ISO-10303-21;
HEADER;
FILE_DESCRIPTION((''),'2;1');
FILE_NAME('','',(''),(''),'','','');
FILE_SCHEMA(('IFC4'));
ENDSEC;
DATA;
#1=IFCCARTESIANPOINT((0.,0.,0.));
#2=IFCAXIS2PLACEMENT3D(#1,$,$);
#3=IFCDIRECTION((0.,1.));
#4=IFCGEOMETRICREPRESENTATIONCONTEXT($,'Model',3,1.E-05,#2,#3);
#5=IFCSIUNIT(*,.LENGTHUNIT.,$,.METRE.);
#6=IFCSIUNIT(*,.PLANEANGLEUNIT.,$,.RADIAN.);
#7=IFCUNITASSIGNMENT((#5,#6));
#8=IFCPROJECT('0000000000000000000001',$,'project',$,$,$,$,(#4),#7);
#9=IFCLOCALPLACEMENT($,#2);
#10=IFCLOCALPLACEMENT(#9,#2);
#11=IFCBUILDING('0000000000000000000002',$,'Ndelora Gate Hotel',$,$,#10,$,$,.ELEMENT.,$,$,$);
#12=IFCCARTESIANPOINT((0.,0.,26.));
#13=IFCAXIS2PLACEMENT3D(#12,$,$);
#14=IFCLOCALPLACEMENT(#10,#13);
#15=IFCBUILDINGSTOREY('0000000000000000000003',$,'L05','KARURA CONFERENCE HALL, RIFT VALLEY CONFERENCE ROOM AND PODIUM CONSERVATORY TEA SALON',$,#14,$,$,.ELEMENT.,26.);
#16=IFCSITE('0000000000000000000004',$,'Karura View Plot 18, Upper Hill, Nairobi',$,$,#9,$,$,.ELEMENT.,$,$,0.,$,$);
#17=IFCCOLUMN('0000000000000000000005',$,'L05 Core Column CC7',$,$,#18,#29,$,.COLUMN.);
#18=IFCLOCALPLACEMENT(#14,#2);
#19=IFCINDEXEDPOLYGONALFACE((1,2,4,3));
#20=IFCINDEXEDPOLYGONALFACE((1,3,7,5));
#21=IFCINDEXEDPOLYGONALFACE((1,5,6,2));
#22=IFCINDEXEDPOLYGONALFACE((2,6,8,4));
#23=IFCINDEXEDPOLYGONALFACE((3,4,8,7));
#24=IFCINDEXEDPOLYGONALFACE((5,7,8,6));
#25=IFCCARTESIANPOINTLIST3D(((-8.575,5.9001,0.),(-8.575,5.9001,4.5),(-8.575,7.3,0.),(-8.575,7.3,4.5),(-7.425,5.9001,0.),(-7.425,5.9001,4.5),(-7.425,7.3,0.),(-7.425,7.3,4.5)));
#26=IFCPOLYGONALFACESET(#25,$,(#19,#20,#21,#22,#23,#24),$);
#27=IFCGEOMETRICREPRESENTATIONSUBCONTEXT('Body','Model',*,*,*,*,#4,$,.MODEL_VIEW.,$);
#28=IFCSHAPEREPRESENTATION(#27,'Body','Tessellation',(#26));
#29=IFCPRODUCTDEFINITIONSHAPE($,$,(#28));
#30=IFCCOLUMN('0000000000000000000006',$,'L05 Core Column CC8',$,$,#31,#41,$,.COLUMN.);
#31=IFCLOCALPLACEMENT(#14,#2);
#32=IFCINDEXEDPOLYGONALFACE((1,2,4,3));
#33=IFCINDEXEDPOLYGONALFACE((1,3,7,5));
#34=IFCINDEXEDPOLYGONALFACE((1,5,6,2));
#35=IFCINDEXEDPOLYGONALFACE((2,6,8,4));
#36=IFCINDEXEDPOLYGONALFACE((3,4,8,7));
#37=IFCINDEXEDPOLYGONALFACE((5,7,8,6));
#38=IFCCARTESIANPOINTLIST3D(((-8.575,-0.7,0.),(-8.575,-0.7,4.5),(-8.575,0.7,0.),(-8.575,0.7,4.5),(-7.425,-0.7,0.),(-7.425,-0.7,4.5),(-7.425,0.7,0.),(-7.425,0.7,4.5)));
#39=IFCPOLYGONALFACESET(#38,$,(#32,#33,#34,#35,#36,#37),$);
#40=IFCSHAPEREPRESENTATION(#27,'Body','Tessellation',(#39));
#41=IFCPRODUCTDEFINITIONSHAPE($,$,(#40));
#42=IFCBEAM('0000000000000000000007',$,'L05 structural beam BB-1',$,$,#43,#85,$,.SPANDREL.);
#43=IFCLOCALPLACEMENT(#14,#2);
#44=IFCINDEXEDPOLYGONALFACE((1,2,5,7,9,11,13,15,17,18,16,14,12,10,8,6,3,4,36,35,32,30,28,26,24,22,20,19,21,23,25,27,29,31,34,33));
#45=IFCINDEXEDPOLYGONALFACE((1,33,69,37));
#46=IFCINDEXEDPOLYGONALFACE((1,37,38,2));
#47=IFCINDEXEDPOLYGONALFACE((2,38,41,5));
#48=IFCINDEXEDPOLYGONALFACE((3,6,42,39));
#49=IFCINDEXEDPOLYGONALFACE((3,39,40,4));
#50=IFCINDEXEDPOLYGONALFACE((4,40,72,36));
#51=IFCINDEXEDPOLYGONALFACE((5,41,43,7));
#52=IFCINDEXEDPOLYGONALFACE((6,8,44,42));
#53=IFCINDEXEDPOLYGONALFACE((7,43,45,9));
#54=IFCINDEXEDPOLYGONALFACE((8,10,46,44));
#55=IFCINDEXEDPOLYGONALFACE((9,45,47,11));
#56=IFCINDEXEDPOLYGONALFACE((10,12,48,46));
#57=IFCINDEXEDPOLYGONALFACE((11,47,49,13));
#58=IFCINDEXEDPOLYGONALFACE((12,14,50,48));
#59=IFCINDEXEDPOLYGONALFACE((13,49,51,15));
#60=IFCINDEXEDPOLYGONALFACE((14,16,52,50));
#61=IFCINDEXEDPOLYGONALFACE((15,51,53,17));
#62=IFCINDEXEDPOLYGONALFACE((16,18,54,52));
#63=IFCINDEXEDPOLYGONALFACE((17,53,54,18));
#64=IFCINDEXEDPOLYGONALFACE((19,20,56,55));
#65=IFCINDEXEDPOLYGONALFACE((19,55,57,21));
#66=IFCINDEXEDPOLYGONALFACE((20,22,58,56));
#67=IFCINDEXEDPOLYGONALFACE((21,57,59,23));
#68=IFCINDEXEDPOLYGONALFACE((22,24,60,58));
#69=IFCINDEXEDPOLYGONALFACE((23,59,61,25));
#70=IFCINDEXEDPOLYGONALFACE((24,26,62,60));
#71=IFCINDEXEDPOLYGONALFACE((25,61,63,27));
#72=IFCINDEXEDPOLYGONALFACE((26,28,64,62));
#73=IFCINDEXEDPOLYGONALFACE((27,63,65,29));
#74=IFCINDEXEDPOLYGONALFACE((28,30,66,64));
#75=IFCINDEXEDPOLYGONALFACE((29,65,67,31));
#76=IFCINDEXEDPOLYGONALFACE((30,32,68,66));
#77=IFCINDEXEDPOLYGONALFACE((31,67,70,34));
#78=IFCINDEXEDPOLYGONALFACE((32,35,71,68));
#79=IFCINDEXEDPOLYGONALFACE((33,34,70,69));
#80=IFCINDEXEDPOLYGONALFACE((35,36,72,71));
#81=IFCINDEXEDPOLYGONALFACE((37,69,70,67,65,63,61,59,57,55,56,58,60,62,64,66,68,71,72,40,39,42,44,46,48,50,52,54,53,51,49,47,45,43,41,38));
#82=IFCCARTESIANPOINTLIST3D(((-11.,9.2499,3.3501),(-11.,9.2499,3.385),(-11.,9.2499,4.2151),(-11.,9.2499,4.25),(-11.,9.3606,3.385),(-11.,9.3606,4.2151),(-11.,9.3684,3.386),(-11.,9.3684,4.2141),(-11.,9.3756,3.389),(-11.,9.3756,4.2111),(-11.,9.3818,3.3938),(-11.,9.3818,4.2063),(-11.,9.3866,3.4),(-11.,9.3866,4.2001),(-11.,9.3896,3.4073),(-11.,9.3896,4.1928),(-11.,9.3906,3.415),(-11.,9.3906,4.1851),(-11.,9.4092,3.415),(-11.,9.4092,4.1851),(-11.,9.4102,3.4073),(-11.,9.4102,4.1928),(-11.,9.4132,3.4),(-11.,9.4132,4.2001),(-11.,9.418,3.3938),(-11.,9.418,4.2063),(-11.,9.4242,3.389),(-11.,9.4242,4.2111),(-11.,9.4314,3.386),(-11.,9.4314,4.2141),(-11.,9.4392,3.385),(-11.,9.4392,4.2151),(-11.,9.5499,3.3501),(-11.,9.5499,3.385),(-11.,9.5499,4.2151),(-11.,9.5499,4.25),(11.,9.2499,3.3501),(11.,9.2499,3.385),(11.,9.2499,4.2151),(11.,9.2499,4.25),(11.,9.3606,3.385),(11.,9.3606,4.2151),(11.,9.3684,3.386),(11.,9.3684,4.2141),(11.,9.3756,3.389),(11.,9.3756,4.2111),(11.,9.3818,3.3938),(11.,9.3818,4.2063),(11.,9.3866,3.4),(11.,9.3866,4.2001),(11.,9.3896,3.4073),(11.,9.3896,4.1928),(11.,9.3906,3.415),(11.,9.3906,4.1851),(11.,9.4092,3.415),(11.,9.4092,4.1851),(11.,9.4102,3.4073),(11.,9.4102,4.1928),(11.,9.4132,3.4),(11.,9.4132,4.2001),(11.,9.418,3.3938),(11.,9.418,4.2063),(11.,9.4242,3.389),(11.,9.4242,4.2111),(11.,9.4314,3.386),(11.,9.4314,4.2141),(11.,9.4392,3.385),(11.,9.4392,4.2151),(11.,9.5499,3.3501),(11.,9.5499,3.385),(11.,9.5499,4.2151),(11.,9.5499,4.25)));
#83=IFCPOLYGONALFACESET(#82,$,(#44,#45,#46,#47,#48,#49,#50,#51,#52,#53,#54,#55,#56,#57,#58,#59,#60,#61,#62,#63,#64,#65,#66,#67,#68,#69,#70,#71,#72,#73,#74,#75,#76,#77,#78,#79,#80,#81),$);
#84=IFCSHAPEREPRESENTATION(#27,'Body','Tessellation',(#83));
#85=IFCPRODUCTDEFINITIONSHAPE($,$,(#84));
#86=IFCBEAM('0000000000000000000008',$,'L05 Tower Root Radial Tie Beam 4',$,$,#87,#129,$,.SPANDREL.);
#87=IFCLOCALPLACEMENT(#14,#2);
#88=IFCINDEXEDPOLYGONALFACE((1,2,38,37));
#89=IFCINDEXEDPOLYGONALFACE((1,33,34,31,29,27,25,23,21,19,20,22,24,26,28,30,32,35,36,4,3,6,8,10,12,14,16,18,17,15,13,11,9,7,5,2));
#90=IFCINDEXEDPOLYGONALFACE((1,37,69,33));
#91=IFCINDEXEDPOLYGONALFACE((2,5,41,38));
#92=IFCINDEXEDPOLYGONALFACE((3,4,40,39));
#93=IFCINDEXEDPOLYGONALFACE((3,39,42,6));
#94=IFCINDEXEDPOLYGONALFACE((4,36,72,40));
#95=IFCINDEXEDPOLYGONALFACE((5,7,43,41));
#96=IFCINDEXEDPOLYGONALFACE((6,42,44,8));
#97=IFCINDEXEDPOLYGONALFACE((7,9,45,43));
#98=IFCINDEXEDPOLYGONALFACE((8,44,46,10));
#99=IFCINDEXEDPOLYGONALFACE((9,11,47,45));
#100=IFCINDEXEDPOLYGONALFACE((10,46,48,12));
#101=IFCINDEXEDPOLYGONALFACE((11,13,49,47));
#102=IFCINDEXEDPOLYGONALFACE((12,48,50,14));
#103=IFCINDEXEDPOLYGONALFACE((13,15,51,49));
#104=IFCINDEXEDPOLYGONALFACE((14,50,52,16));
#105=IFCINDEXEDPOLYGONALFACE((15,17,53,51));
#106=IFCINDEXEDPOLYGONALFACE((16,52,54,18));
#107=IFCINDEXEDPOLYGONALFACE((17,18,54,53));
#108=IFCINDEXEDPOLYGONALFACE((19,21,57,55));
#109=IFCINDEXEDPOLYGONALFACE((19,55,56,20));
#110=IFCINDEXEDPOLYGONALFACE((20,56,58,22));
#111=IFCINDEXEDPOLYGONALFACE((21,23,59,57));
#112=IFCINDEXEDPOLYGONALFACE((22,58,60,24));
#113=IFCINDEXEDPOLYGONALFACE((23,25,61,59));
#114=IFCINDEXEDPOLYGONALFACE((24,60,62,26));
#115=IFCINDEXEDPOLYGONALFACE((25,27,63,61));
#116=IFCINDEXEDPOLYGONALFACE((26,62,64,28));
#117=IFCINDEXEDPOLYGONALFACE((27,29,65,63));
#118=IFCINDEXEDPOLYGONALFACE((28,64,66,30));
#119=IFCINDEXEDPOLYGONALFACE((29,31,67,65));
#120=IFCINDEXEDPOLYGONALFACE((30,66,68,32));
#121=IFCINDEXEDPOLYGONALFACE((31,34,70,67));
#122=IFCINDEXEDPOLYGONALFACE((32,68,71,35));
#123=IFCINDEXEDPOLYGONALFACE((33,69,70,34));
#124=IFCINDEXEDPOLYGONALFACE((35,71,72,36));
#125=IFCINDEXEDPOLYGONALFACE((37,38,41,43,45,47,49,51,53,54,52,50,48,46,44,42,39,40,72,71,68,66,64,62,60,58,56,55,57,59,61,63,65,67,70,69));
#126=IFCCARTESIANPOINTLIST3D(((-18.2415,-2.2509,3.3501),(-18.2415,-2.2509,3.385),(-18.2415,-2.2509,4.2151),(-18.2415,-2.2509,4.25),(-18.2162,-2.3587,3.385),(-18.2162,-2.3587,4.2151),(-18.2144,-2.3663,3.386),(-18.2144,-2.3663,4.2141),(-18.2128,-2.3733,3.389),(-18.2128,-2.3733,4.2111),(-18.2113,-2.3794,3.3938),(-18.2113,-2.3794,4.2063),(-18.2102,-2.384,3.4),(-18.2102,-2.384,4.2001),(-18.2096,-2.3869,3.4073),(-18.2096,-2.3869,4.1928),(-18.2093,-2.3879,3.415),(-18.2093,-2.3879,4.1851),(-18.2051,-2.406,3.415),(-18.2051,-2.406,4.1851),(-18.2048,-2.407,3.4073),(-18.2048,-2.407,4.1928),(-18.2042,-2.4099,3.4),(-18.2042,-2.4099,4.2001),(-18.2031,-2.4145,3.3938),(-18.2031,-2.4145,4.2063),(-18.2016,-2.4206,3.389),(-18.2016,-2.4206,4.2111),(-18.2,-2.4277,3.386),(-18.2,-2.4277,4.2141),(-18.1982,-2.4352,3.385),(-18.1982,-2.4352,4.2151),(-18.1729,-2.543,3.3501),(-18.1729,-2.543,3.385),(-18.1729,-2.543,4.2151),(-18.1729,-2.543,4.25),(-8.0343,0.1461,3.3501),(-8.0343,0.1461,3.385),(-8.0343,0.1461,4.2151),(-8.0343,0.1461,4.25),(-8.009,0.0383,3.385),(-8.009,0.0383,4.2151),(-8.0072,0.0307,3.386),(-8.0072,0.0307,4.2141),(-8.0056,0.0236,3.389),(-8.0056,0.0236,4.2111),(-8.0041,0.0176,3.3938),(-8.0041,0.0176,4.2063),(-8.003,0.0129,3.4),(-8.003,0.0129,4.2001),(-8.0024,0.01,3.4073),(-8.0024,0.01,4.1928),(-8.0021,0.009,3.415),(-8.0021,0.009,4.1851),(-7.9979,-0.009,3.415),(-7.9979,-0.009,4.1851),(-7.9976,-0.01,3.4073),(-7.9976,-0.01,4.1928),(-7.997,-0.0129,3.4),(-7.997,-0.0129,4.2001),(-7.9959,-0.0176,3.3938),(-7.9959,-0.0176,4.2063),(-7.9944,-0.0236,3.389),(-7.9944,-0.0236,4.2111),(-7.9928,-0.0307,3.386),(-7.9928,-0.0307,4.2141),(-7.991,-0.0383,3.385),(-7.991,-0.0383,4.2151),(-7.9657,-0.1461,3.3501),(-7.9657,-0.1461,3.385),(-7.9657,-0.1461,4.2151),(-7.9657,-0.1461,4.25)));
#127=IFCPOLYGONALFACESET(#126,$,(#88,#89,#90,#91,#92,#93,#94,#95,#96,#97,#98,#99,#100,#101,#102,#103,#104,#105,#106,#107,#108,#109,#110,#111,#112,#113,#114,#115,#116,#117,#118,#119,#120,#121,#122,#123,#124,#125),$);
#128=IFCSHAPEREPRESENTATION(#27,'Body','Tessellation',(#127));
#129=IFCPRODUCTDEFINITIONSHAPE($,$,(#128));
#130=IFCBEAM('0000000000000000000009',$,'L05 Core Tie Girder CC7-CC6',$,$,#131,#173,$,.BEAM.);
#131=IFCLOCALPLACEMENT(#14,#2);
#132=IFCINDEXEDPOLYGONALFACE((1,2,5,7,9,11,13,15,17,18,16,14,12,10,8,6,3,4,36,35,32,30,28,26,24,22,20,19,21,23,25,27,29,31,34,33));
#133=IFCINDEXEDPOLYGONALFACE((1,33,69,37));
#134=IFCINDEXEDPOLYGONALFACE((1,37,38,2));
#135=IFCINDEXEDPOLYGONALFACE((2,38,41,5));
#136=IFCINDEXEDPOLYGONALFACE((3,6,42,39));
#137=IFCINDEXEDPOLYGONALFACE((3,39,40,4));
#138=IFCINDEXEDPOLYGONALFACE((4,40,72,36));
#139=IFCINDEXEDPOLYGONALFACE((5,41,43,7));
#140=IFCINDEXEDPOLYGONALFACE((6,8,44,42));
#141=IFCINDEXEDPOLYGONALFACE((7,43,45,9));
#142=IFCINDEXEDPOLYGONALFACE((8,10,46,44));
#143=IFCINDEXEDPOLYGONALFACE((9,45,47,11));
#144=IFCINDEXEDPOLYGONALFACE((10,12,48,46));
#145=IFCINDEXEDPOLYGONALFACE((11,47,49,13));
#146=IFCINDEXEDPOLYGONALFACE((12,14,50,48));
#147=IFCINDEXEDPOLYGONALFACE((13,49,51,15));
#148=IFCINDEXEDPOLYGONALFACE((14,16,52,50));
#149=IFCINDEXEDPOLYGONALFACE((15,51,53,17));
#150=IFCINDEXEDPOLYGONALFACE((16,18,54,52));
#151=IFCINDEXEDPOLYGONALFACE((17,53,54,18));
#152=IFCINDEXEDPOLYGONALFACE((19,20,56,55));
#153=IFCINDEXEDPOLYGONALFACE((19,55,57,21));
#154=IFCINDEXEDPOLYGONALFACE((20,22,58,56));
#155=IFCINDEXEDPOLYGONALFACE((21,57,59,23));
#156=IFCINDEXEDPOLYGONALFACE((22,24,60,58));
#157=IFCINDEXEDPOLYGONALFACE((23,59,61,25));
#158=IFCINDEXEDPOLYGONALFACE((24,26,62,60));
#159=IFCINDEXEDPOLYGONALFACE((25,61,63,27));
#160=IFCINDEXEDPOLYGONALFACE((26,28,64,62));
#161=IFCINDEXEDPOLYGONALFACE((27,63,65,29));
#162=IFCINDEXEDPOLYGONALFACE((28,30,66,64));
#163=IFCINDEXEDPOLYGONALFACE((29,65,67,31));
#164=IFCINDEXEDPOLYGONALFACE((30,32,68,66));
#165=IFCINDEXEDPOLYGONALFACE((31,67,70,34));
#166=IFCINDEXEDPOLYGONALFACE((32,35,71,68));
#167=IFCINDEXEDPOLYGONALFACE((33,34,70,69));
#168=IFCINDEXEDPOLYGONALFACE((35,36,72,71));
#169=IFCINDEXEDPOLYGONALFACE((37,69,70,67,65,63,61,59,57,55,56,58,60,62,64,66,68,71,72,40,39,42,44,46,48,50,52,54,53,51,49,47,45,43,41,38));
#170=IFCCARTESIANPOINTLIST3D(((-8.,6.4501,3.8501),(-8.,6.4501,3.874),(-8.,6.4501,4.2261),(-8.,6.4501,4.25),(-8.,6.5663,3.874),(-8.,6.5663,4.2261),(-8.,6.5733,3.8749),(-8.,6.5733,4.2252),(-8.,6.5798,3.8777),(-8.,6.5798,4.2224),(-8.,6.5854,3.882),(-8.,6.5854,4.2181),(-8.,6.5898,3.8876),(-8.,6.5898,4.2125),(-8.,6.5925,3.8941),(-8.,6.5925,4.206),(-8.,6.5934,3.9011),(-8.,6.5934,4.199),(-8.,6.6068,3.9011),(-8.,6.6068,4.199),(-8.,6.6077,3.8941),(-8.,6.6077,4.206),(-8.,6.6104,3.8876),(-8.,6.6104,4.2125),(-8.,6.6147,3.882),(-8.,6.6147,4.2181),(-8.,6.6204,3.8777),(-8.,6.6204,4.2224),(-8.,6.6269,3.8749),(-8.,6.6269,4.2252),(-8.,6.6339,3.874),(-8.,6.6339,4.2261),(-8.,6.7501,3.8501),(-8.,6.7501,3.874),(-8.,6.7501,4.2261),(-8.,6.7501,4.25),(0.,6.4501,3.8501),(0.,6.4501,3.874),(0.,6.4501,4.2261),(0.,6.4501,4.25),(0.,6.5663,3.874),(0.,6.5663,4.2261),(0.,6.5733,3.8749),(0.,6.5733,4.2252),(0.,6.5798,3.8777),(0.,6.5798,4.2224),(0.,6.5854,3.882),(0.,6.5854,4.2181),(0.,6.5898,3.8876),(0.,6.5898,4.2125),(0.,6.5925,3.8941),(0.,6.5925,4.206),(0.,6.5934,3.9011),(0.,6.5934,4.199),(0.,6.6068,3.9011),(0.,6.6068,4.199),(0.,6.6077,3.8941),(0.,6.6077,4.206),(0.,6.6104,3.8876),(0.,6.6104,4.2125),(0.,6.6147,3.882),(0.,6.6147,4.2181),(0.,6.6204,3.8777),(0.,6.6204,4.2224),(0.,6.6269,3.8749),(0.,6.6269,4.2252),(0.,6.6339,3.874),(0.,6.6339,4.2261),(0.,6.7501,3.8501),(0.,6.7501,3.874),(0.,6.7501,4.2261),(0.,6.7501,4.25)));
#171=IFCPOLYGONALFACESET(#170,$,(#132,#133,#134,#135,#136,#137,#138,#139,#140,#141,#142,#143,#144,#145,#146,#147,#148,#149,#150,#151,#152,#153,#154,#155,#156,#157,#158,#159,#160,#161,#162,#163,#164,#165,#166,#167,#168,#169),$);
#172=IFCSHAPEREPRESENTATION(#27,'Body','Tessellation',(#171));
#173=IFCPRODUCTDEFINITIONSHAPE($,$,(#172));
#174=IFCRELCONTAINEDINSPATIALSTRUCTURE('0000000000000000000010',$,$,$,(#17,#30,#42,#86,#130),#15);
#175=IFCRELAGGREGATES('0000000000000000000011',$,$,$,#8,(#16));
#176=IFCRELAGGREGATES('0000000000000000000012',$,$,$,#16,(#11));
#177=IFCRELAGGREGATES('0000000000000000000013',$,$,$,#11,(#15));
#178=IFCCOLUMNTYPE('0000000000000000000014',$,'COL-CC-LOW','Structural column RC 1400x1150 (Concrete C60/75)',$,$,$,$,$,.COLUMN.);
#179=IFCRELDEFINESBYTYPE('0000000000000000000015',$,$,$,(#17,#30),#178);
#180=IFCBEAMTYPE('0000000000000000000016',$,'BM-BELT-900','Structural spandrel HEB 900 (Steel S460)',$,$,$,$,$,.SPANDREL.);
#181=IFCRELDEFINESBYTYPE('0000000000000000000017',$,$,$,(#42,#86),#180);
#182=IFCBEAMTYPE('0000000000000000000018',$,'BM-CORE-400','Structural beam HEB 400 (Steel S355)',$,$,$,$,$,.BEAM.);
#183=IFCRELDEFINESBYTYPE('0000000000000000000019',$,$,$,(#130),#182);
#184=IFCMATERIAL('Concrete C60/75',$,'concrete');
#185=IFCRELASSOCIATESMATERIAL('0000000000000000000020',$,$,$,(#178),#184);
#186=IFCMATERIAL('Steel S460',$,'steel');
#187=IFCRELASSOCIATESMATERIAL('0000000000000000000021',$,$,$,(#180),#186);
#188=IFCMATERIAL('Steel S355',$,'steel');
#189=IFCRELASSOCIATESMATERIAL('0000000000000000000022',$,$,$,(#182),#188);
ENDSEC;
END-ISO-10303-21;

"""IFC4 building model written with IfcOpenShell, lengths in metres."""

from ifc_helpers import new_model, si_unit, direction, frame, origin, origin_2d, place, context, subcontext, project, spatial, rectangle, i_section, extrude, material, material_profile, profile_set, type_object, element, save


model = new_model("IFC4")

# Units and contexts
model_context = context("Model", 3, precision=1e-05, world=origin(), true_north=direction((0.0, 1.0)))
body_context = subcontext(model_context, "Body", "Model", "MODEL_VIEW")
ifc_project = project(units=[si_unit("LENGTHUNIT", "METRE"), si_unit("PLANEANGLEUNIT", "RADIAN")], contexts=[model_context])

# Site, building, storey
site_placement = place(None, origin())
site = spatial("IfcSite", under=ifc_project, at=site_placement, Name="Karura View Plot 18, Upper Hill, Nairobi", CompositionType="ELEMENT", RefElevation=0.0)
building_placement = place(site_placement, origin())
building = spatial("IfcBuilding", under=site, at=building_placement, Name="Ndelora Gate Hotel", CompositionType="ELEMENT")
storey_placement = place(building_placement, frame((0.0, 0.0, 26.0)))
storey = spatial("IfcBuildingStorey", under=building, at=storey_placement, Name="L05", Description="KARURA CONFERENCE HALL, RIFT VALLEY CONFERENCE ROOM AND PODIUM CONSERVATORY TEA SALON", CompositionType="ELEMENT", Elevation=26.0)

# Columns
ifc_material_1 = material(Name="Concrete C60/75", Category="concrete")
ifc_material_profile_1 = material_profile(ifc_material_1, rectangle(XDim=1.1499, YDim=1.3999, at=origin_2d()), Name="RC 1400x1150")
ifc_profile_set_1 = profile_set([ifc_material_profile_1], Name="Concrete C60/75")
column_type = type_object("IfcColumnType", Name="COL-CC-LOW", Description="Structural column RC 1400x1150 (Concrete C60/75)", PredefinedType="COLUMN", material=ifc_profile_set_1)
for number, where, z_axis, x_axis, name in (
    (1, (-8.0, 6.6001, 0.0), (0.0, 0.0, 1.0), (1.0, 0.0, 0.0), "L05 Core Column CC7"),
    (2, (-8.0, 0.0, 0.0), (0.0, 0.0, 1.0), (1.0, 0.0, 0.0), "L05 Core Column CC8"),
):
    element("IfcColumn", number, at=place(storey_placement, frame(where, z_axis=z_axis, x_axis=x_axis)), inside=storey, type_object=column_type, Name=name, PredefinedType="COLUMN", context=body_context, shape_type="SweptSolid", body=[
        extrude(rectangle(XDim=1.1499, YDim=1.3999, at=origin_2d()), origin(), (0.0, 0.0, 1.0), 4.5),
    ])

# Beams
ifc_material_2 = material(Name="Steel S460", Category="steel")
ifc_material_profile_2 = material_profile(ifc_material_2, i_section(OverallWidth=0.3, OverallDepth=0.8999, WebThickness=0.0186, FlangeThickness=0.0349, FilletRadius=0.03, at=origin_2d()), Name="HEB 900")
ifc_profile_set_2 = profile_set([ifc_material_profile_2], Name="Steel S460")
beam_type_1 = type_object("IfcBeamType", Name="BM-BELT-900", Description="Structural spandrel HEB 900 (Steel S460)", PredefinedType="SPANDREL", material=ifc_profile_set_2)
beam_1_placement = place(storey_placement, frame((-11.0, 9.3999, 3.8), z_axis=(1.0, 0.0, 0.0), x_axis=(0.0, 1.0, 0.0)))
element("IfcBeam", 3, at=beam_1_placement, inside=storey, type_object=beam_type_1, Name="L05 structural beam BB-1", PredefinedType="SPANDREL", context=body_context, shape_type="SweptSolid", body=[
    extrude(i_section(OverallWidth=0.3, OverallDepth=0.8999, WebThickness=0.0186, FlangeThickness=0.0349, FilletRadius=0.03, at=origin_2d()), origin(), (0.0, 0.0, 1.0), 22.0),
])
beam_2_placement = place(storey_placement, frame((-8.0, 0.0, 3.8), z_axis=(-0.973518, -0.228611, 0.0), x_axis=(0.228611, -0.973518, 0.0)))
element("IfcBeam", 4, at=beam_2_placement, inside=storey, type_object=beam_type_1, Name="L05 Tower Root Radial Tie Beam 4", PredefinedType="SPANDREL", context=body_context, shape_type="SweptSolid", body=[
    extrude(i_section(OverallWidth=0.3, OverallDepth=0.8999, WebThickness=0.0186, FlangeThickness=0.0349, FilletRadius=0.03, at=origin_2d()), origin(), (0.0, 0.0, 1.0), 10.4849),
])
ifc_material_3 = material(Name="Steel S355", Category="steel")
ifc_material_profile_3 = material_profile(ifc_material_3, i_section(OverallWidth=0.3, OverallDepth=0.3999, WebThickness=0.0134, FlangeThickness=0.0239, FilletRadius=0.0271, at=origin_2d()), Name="HEB 400")
ifc_profile_set_3 = profile_set([ifc_material_profile_3], Name="Steel S355")
beam_type_2 = type_object("IfcBeamType", Name="BM-CORE-400", Description="Structural beam HEB 400 (Steel S355)", PredefinedType="BEAM", material=ifc_profile_set_3)
beam_3_placement = place(storey_placement, frame((-8.0, 6.6001, 4.05), z_axis=(1.0, 0.0, 0.0), x_axis=(0.0, 1.0, 0.0)))
element("IfcBeam", 5, at=beam_3_placement, inside=storey, type_object=beam_type_2, Name="L05 Core Tie Girder CC7-CC6", PredefinedType="BEAM", context=body_context, shape_type="SweptSolid", body=[
    extrude(i_section(OverallWidth=0.3, OverallDepth=0.3999, WebThickness=0.0134, FlangeThickness=0.0239, FilletRadius=0.0271, at=origin_2d()), origin(), (0.0, 0.0, 1.0), 8.0),
])

save(model, "model.ifc")
